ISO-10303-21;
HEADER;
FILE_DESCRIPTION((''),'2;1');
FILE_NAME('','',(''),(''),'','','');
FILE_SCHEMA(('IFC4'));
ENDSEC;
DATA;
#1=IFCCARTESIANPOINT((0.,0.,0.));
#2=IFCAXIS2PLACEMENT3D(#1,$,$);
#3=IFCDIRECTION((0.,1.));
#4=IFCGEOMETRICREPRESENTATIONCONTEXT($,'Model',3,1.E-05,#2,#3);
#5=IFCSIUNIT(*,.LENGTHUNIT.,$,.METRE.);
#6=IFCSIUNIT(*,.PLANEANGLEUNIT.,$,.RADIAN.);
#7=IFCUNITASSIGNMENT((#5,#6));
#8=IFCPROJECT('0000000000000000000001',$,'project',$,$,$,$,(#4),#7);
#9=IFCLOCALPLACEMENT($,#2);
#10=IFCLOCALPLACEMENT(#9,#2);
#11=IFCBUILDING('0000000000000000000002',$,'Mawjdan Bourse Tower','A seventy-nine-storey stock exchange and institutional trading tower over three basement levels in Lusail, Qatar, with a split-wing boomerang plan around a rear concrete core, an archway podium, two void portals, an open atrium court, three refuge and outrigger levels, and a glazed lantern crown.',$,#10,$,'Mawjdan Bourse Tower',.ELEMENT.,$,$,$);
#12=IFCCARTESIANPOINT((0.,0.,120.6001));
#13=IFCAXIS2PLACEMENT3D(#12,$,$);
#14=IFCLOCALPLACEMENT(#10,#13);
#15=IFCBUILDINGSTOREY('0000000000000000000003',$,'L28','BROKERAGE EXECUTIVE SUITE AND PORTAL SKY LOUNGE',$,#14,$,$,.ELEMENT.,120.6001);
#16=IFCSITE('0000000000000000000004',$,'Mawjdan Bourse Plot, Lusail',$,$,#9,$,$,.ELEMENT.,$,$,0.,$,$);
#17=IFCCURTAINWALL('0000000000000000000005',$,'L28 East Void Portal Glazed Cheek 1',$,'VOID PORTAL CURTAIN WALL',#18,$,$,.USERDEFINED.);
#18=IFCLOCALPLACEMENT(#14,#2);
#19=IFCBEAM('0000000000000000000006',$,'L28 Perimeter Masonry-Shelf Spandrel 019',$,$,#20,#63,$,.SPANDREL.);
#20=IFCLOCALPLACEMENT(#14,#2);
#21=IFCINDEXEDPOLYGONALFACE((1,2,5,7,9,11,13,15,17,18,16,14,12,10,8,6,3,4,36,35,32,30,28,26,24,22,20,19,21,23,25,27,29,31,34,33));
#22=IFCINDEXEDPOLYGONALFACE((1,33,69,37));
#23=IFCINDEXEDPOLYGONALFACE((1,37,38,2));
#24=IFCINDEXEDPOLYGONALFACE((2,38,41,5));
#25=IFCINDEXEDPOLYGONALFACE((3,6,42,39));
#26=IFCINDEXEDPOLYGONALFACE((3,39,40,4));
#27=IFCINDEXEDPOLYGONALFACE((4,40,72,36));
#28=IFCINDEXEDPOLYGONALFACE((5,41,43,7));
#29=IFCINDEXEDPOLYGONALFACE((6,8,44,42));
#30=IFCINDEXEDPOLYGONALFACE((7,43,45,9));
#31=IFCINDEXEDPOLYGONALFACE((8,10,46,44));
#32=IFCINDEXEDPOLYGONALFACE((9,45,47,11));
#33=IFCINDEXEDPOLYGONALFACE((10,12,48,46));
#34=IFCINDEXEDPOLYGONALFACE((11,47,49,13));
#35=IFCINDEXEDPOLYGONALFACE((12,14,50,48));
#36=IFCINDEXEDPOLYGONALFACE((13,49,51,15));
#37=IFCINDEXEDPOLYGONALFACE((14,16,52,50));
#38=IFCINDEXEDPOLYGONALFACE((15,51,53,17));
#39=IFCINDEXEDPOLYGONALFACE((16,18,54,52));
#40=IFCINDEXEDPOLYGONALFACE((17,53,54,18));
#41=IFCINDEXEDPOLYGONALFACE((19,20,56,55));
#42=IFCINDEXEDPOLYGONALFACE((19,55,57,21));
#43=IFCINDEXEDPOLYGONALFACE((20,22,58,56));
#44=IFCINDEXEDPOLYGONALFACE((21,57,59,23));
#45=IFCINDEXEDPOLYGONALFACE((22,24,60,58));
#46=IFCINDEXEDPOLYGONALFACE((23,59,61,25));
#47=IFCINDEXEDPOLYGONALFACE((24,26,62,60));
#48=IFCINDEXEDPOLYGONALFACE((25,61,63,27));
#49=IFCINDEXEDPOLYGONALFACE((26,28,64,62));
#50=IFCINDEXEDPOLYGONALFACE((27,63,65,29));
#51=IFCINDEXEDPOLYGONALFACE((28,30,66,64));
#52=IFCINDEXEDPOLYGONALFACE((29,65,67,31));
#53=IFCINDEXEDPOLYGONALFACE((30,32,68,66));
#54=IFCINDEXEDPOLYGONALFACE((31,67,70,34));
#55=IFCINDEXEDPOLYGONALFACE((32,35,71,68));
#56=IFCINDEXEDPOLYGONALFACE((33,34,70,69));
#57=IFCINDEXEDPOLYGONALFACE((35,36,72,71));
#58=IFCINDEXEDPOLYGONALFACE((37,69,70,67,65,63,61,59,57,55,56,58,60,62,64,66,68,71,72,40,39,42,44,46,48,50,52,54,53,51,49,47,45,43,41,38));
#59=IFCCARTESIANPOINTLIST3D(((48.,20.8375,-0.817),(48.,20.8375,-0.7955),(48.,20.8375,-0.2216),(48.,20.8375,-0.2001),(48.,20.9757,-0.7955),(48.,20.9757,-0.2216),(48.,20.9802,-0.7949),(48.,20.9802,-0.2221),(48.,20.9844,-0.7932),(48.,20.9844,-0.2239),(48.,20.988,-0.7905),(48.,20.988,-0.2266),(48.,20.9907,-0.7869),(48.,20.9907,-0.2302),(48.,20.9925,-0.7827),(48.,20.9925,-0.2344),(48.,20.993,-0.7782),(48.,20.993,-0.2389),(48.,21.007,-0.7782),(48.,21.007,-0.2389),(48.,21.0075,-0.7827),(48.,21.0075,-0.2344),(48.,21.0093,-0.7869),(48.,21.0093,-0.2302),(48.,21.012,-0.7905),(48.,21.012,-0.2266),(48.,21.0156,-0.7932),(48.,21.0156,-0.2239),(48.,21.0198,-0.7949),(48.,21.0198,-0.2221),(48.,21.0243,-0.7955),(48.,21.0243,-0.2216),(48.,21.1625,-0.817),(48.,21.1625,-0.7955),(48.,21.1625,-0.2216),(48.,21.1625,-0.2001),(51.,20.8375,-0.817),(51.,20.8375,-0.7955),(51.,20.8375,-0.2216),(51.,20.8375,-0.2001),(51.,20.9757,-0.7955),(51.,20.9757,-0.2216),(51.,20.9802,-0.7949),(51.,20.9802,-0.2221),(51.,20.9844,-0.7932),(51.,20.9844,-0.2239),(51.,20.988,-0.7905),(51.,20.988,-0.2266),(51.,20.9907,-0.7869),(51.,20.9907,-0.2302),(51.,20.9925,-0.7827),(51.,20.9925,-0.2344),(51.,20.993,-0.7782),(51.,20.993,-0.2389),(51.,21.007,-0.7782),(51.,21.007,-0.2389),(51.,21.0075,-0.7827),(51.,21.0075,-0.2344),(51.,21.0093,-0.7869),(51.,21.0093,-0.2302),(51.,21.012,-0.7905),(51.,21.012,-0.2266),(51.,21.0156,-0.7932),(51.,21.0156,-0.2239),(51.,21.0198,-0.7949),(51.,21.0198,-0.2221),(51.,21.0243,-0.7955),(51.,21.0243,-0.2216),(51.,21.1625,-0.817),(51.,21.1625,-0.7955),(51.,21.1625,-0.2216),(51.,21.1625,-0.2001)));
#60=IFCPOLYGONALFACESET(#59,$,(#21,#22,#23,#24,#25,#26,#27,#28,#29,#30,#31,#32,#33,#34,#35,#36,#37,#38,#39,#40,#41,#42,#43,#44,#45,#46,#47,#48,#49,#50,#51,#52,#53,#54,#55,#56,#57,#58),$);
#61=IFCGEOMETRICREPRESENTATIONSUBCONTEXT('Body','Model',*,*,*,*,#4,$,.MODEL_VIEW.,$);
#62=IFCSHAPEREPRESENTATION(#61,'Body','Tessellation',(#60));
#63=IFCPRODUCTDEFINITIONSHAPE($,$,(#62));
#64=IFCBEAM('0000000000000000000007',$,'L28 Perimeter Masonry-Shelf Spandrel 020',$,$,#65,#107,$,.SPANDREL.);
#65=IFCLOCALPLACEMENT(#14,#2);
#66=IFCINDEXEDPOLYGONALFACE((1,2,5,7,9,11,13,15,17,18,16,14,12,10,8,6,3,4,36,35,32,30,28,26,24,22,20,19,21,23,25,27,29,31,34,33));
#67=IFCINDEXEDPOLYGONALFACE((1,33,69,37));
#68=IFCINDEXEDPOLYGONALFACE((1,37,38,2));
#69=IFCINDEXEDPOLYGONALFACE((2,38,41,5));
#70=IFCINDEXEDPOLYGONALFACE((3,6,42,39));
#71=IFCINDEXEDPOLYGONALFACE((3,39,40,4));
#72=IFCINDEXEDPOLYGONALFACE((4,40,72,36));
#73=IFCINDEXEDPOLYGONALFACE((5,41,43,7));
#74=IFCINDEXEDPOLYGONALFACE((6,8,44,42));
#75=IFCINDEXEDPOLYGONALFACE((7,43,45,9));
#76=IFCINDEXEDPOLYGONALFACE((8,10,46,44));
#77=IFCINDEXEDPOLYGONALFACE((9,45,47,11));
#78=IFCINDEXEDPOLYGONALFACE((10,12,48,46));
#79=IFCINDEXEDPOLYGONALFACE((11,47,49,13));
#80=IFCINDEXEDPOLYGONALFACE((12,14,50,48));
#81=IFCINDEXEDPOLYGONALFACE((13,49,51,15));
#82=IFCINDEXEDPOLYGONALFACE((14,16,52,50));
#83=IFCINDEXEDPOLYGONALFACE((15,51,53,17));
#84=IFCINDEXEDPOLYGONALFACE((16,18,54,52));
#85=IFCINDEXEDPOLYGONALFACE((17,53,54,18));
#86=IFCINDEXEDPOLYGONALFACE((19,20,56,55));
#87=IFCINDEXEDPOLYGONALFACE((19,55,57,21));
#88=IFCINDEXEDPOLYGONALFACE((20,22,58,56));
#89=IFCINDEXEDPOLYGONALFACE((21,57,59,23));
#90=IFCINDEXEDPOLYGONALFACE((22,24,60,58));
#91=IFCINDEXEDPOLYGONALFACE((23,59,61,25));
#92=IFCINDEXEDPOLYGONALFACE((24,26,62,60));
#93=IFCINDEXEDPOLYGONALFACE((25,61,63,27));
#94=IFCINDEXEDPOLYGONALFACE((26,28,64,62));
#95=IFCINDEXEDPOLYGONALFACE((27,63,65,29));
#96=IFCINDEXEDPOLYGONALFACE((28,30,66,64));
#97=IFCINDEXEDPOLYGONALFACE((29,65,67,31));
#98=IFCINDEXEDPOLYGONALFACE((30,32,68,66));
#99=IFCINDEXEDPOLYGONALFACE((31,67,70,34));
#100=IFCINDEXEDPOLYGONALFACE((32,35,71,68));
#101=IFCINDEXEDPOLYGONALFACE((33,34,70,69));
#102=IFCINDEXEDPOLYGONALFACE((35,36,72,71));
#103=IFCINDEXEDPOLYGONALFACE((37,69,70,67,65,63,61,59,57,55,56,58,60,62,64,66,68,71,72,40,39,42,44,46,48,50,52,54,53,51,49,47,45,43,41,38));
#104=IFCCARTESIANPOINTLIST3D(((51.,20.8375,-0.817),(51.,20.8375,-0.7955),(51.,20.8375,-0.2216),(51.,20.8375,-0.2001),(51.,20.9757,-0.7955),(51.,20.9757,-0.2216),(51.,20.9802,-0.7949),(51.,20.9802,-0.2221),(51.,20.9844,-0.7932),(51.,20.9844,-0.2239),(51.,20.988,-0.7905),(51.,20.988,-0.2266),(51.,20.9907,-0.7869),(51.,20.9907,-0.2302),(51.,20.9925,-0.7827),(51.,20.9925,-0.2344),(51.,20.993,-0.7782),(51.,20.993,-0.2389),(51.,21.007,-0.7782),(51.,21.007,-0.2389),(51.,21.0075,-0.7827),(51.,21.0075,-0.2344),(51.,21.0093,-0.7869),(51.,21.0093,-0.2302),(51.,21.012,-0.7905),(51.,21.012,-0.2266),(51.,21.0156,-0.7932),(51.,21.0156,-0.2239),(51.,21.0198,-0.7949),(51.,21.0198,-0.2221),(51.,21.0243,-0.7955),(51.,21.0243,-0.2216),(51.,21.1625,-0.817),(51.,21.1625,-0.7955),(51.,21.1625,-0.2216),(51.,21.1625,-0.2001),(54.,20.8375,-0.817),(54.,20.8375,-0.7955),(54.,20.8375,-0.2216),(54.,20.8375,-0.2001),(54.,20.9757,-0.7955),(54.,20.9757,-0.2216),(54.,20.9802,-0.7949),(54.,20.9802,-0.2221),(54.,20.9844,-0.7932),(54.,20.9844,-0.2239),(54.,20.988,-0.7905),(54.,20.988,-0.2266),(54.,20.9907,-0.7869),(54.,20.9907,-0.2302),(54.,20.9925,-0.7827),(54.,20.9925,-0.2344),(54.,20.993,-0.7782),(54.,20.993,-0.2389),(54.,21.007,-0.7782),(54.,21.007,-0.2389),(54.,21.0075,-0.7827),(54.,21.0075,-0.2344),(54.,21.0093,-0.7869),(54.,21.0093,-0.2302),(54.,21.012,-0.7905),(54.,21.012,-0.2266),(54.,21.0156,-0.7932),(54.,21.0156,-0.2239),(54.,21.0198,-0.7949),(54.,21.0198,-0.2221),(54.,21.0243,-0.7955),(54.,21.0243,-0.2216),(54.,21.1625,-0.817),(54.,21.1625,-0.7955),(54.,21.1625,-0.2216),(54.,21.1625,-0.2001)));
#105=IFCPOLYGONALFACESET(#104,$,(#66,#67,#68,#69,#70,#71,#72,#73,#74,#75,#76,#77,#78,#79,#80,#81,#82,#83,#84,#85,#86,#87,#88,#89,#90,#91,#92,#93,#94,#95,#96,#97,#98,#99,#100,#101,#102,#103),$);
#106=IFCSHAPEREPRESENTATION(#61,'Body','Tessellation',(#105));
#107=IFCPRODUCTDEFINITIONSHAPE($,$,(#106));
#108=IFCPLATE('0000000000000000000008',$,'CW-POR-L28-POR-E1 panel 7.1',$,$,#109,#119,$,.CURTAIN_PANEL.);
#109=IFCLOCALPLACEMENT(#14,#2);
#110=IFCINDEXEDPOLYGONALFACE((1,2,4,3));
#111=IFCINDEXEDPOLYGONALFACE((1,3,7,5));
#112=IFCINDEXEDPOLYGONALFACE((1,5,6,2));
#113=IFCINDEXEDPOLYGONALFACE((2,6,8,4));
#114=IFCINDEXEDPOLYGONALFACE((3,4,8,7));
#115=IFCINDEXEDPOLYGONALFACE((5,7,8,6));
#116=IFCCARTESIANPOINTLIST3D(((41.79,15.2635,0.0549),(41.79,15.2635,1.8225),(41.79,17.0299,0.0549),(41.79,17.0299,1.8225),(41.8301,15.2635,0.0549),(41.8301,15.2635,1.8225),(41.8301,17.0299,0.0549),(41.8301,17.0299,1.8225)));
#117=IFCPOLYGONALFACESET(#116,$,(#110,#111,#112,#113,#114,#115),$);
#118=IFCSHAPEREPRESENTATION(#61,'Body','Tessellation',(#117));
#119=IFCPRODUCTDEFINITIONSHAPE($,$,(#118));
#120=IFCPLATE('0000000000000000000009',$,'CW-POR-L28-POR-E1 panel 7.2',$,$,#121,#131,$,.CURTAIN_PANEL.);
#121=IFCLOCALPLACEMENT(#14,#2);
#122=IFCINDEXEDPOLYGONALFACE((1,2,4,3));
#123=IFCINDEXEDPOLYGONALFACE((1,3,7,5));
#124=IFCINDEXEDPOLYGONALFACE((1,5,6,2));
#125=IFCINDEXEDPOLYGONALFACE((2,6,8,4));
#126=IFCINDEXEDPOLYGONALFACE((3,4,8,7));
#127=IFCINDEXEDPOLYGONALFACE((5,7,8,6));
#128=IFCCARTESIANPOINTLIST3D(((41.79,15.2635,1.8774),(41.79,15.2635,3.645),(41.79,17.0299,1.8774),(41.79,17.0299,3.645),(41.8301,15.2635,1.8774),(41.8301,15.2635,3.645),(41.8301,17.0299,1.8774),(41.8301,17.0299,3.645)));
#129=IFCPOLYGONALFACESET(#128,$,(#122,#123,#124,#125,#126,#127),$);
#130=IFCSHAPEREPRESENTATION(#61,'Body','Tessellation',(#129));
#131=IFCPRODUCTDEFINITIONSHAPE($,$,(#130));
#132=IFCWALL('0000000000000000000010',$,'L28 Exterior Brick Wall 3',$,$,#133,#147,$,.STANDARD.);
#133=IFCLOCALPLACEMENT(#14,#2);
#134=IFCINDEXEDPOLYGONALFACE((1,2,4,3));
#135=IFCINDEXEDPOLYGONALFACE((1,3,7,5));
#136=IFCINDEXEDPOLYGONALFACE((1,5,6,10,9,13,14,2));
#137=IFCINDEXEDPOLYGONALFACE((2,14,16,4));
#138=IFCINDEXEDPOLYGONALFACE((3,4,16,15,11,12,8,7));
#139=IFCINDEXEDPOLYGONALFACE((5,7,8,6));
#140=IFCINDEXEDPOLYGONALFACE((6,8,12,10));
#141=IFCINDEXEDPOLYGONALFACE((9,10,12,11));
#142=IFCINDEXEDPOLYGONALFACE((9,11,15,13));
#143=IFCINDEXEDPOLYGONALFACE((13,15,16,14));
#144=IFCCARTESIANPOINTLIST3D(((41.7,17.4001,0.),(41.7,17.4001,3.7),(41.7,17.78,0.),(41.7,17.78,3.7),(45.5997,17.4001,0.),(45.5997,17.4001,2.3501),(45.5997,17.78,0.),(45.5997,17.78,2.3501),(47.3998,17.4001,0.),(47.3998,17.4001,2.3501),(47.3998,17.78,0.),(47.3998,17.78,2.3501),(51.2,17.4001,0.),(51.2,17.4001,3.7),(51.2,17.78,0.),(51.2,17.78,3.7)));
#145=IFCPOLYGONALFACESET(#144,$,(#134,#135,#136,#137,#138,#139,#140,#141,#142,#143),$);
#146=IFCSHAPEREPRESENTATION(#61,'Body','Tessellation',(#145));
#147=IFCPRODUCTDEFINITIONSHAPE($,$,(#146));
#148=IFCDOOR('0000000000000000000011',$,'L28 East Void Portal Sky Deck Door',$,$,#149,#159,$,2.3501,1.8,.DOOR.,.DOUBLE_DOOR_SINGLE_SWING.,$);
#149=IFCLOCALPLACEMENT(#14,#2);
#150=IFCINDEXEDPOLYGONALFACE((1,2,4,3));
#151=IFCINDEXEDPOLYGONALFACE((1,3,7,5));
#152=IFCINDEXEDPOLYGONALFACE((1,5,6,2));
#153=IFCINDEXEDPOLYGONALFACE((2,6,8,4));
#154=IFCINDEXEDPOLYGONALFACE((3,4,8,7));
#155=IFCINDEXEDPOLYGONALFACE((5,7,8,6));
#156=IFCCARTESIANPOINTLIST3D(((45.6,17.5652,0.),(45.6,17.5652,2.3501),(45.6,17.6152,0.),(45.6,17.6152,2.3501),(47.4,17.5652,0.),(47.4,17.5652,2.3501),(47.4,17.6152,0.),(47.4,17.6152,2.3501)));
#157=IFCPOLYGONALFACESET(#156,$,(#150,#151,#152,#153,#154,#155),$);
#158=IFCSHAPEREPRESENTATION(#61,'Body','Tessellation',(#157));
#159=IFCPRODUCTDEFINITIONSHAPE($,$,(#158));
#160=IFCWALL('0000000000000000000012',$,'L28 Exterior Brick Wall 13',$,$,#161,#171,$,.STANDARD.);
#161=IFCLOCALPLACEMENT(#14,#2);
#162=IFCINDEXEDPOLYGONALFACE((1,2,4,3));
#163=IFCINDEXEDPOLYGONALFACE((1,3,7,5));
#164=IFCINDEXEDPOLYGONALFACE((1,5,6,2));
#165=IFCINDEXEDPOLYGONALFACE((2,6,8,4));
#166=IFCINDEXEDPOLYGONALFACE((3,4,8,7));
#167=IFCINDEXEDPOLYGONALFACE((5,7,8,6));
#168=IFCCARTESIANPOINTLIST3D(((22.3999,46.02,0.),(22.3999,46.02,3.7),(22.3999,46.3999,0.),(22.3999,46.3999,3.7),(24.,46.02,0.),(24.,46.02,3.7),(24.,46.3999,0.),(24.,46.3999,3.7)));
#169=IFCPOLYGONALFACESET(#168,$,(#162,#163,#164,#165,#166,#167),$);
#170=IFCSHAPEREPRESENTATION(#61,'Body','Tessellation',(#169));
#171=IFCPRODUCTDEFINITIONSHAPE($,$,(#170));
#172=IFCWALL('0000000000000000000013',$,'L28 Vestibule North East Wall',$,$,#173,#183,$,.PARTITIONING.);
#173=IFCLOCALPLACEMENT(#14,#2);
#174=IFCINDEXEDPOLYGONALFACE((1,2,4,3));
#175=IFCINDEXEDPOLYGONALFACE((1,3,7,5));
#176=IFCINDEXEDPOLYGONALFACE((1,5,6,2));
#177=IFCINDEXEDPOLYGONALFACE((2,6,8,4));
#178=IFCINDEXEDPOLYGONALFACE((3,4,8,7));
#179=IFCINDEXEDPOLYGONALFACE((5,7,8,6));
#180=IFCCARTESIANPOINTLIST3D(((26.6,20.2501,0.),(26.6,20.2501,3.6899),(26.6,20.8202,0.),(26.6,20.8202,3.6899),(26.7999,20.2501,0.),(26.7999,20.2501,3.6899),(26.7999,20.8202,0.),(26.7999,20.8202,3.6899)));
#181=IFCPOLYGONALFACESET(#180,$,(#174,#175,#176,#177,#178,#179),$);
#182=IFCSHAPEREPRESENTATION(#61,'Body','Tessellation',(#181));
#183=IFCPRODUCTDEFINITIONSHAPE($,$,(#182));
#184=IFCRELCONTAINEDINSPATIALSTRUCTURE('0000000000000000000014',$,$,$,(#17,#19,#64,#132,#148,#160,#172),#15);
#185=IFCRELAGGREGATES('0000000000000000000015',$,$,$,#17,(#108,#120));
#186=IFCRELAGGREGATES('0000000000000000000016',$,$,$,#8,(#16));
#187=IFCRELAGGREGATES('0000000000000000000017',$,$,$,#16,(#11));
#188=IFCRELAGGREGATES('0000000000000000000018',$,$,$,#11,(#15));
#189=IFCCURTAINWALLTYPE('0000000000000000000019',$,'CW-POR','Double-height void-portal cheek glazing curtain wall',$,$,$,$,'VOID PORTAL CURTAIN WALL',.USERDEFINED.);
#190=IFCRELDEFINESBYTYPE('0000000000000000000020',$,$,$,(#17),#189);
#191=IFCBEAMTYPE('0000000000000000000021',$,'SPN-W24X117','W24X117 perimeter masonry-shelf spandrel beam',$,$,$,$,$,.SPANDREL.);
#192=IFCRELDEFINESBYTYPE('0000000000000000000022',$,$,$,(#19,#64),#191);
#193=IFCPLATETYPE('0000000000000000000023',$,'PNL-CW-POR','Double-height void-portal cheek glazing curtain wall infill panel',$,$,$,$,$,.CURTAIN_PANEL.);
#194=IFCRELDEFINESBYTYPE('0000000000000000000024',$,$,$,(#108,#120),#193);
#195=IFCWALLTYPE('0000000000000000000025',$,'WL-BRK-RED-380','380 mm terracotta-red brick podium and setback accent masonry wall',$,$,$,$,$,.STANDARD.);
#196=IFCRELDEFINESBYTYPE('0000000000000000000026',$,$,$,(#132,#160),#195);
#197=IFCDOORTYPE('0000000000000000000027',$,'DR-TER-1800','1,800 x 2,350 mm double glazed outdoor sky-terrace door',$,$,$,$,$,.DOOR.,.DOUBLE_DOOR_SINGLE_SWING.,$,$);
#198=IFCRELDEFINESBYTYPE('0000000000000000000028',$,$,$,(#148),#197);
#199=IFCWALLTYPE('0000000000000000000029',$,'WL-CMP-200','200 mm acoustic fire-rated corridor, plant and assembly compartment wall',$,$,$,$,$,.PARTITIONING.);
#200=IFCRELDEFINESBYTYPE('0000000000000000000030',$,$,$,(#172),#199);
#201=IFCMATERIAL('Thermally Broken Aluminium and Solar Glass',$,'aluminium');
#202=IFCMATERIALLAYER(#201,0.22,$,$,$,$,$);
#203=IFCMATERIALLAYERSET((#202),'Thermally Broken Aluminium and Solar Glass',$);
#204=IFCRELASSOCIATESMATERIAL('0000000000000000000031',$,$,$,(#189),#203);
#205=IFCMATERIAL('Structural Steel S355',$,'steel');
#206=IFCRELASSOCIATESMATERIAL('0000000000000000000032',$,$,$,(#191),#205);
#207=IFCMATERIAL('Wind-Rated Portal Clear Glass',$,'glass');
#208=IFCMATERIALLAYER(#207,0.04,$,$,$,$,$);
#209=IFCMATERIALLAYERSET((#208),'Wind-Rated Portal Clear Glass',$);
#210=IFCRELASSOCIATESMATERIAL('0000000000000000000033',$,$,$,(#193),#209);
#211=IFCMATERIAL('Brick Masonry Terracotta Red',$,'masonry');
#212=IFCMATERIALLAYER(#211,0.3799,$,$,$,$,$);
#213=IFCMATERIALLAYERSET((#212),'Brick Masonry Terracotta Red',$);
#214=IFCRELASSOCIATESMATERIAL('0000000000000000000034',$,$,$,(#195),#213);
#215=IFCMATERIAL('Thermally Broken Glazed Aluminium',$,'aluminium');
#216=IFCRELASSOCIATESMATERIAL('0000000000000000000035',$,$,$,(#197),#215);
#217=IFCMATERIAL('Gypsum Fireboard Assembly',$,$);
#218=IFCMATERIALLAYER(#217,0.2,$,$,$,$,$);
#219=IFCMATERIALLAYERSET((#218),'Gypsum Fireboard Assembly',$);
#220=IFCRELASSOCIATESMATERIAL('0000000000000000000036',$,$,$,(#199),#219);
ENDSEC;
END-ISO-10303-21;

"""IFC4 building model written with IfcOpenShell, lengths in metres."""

from ifc_helpers import new_model, si_unit, direction, frame, frame_2d, origin, origin_2d, place, context, subcontext, project, spatial, rectangle, i_section, extrude, material, layer, layer_set, material_profile, profile_set, type_object, element, fill, aggregate, save


model = new_model("IFC4")

# Units and contexts
model_context = context("Model", 3, precision=1e-05, world=origin(), true_north=direction((0.0, 1.0)))
body_context = subcontext(model_context, "Body", "Model", "MODEL_VIEW")
ifc_project = project(units=[si_unit("LENGTHUNIT", "METRE"), si_unit("PLANEANGLEUNIT", "RADIAN")], contexts=[model_context])

# Site, building, storey
site_placement = place(None, origin())
site = spatial("IfcSite", under=ifc_project, at=site_placement, Name="Mawjdan Bourse Plot, Lusail", CompositionType="ELEMENT", RefElevation=0.0)
building_placement = place(site_placement, origin())
building = spatial("IfcBuilding", under=site, at=building_placement, Name="Mawjdan Bourse Tower", Description="A seventy-nine-storey stock exchange and institutional trading tower over three basement levels in Lusail, Qatar, with a split-wing boomerang plan around a rear concrete core, an archway podium, two void portals, an open atrium court, three refuge and outrigger levels, and a glazed lantern crown.", LongName="Mawjdan Bourse Tower", CompositionType="ELEMENT")
storey_placement = place(building_placement, frame((0.0, 0.0, 120.6001)))
storey = spatial("IfcBuildingStorey", under=building, at=storey_placement, Name="L28", Description="BROKERAGE EXECUTIVE SUITE AND PORTAL SKY LOUNGE", CompositionType="ELEMENT", Elevation=120.6001)

# Shared definitions
ifc_material_1 = material(Name="Structural Steel S355", Category="steel")

# Curtain wall
ifc_material_2 = material(Name="Thermally Broken Aluminium and Solar Glass", Category="aluminium")
ifc_layer_1 = layer(ifc_material_2, 0.22)
ifc_layer_set_1 = layer_set([ifc_layer_1], Name="Thermally Broken Aluminium and Solar Glass")
curtain_wall_type = type_object("IfcCurtainWallType", Name="CW-POR", Description="Double-height void-portal cheek glazing curtain wall", ElementType="VOID PORTAL CURTAIN WALL", PredefinedType="USERDEFINED", material=ifc_layer_set_1)
curtain_wall_placement = place(storey_placement, origin())
curtain_wall = element("IfcCurtainWall", 1, at=curtain_wall_placement, inside=storey, type_object=curtain_wall_type, Name="L28 East Void Portal Glazed Cheek 1", ObjectType="VOID PORTAL CURTAIN WALL", PredefinedType="USERDEFINED")

# Beams
ifc_material_profile_1 = material_profile(ifc_material_1, i_section(OverallWidth=0.325, OverallDepth=0.6169, WebThickness=0.0139, FlangeThickness=0.0215, FilletRadius=0.0173, at=origin_2d()), Name="W24X117")
ifc_profile_set_1 = profile_set([ifc_material_profile_1], Name="Structural Steel S355")
beam_type_1 = type_object("IfcBeamType", Name="SPN-W24X117", Description="W24X117 perimeter masonry-shelf spandrel beam", PredefinedType="SPANDREL", material=ifc_profile_set_1)
for number, where, z_axis, x_axis, name in (
    (2, (48.0, 21.0, -0.5085), (1.0, 0.0, 0.0), (0.0, 1.0, 0.0), "L28 Perimeter Masonry-Shelf Spandrel 019"),
    (3, (51.0, 21.0, -0.5085), (1.0, 0.0, 0.0), (0.0, 1.0, 0.0), "L28 Perimeter Masonry-Shelf Spandrel 020"),
):
    element("IfcBeam", number, at=place(storey_placement, frame(where, z_axis=z_axis, x_axis=x_axis)), inside=storey, type_object=beam_type_1, Name=name, PredefinedType="SPANDREL", context=body_context, shape_type="SweptSolid", body=[
        extrude(i_section(OverallWidth=0.325, OverallDepth=0.6169, WebThickness=0.0139, FlangeThickness=0.0215, FilletRadius=0.0173, at=origin_2d()), origin(), (0.0, 0.0, 1.0), 3.0),
    ])

# Plates
ifc_material_3 = material(Name="Wind-Rated Portal Clear Glass", Category="glass")
ifc_layer_2 = layer(ifc_material_3, 0.04)
ifc_layer_set_2 = layer_set([ifc_layer_2], Name="Wind-Rated Portal Clear Glass")
plate_type = type_object("IfcPlateType", Name="PNL-CW-POR", Description="Double-height void-portal cheek glazing curtain wall infill panel", PredefinedType="CURTAIN_PANEL", material=ifc_layer_set_2)
plate_1_placement = place(storey_placement, frame((41.8101, 16.1467, 0.0549), z_axis=(0.0, 0.0, 1.0), x_axis=(0.0, 1.0, 0.0)))
plate_1 = element("IfcPlate", 4, at=plate_1_placement, type_object=plate_type, Name="CW-POR-L28-POR-E1 panel 7.1", PredefinedType="CURTAIN_PANEL", context=body_context, shape_type="SweptSolid", body=[
    extrude(rectangle(XDim=1.7664, YDim=0.04, at=origin_2d()), origin(), (0.0, 0.0, 1.0), 1.7676),
])
plate_2_placement = place(storey_placement, frame((41.8101, 16.1467, 1.8774), z_axis=(0.0, 0.0, 1.0), x_axis=(0.0, 1.0, 0.0)))
plate_2 = element("IfcPlate", 5, at=plate_2_placement, type_object=plate_type, Name="CW-POR-L28-POR-E1 panel 7.2", PredefinedType="CURTAIN_PANEL", context=body_context, shape_type="SweptSolid", body=[
    extrude(rectangle(XDim=1.7664, YDim=0.04, at=origin_2d()), origin(), (0.0, 0.0, 1.0), 1.7676),
])
aggregate(curtain_wall, [plate_1, plate_2])

# Wall, opening, door
ifc_material_4 = material(Name="Brick Masonry Terracotta Red", Category="masonry")
ifc_layer_3 = layer(ifc_material_4, 0.3799)
ifc_layer_set_3 = layer_set([ifc_layer_3], Name="Brick Masonry Terracotta Red")
wall_type_1 = type_object("IfcWallType", Name="WL-BRK-RED-380", Description="380 mm terracotta-red brick podium and setback accent masonry wall", PredefinedType="STANDARD", material=ifc_layer_set_3)
wall_1_placement = place(storey_placement, frame((41.7, 17.5901, 0.0), z_axis=(0.0, 0.0, 1.0), x_axis=(1.0, 0.0, 0.0)))
wall_1 = element("IfcWall", 6, at=wall_1_placement, inside=storey, type_object=wall_type_1, Name="L28 Exterior Brick Wall 3", PredefinedType="STANDARD", context=body_context, shape_type="SweptSolid", body=[
    extrude(rectangle(XDim=9.5, YDim=0.3799, at=frame_2d((4.75, 0.0))), origin(), (0.0, 0.0, 1.0), 3.7),
])
opening_1_placement = place(wall_1_placement, frame((3.8999, 0.0, 0.0)))
opening_1 = element("IfcOpeningElement", 7, at=opening_1_placement, cuts=wall_1, PredefinedType="OPENING", context=body_context, shape_type="SweptSolid", body=[
    extrude(rectangle(XDim=1.8, YDim=2.3501, at=frame_2d((0.8999, 1.175))), frame((0.0, 0.2, 0.0), z_axis=(0.0, -1.0, 0.0), x_axis=(1.0, 0.0, 0.0)), (0.0, 0.0, 1.0), 0.3999),
])
ifc_material_5 = material(Name="Thermally Broken Glazed Aluminium", Category="aluminium")
door_type_1 = type_object("IfcDoorType", Name="DR-TER-1800", Description="1,800 x 2,350 mm double glazed outdoor sky-terrace door", OperationType="DOUBLE_DOOR_SINGLE_SWING", PredefinedType="DOOR", material=ifc_material_5)
door_1_placement = place(opening_1_placement, frame((1.8, 0.0, 0.0), z_axis=(0.0, 0.0, 1.0), x_axis=(-1.0, 0.0, 0.0)))
door_1 = element("IfcDoor", 8, at=door_1_placement, inside=storey, type_object=door_type_1, Name="L28 East Void Portal Sky Deck Door", OperationType="DOUBLE_DOOR_SINGLE_SWING", OverallHeight=2.3501, OverallWidth=1.8, PredefinedType="DOOR", context=body_context, shape_type="SweptSolid", body=[
    extrude(rectangle(XDim=1.8, YDim=2.3501, at=frame_2d((0.8999, 1.175))), frame((0.0, 0.0249, 0.0), z_axis=(0.0, -1.0, 0.0), x_axis=(1.0, 0.0, 0.0)), (0.0, 0.0, 1.0), 0.05),
])
fill(opening_1, door_1)

# Walls
wall_2_placement = place(storey_placement, frame((24.0, 46.21, 0.0), z_axis=(0.0, 0.0, 1.0), x_axis=(-1.0, 0.0, 0.0)))
element("IfcWall", 9, at=wall_2_placement, inside=storey, type_object=wall_type_1, Name="L28 Exterior Brick Wall 13", PredefinedType="STANDARD", context=body_context, shape_type="SweptSolid", body=[
    extrude(rectangle(XDim=1.6001, YDim=0.3799, at=frame_2d((0.8, 0.0))), origin(), (0.0, 0.0, 1.0), 3.7),
])
ifc_material_6 = material(Name="Gypsum Fireboard Assembly")
ifc_layer_4 = layer(ifc_material_6, 0.2)
ifc_layer_set_4 = layer_set([ifc_layer_4], Name="Gypsum Fireboard Assembly")
wall_type_2 = type_object("IfcWallType", Name="WL-CMP-200", Description="200 mm acoustic fire-rated corridor, plant and assembly compartment wall", PredefinedType="PARTITIONING", material=ifc_layer_set_4)
wall_3_placement = place(storey_placement, frame((26.7, 20.25, 0.0), z_axis=(0.0, 0.0, 1.0), x_axis=(0.0, 1.0, 0.0)))
element("IfcWall", 10, at=wall_3_placement, inside=storey, type_object=wall_type_2, Name="L28 Vestibule North East Wall", PredefinedType="PARTITIONING", context=body_context, shape_type="SweptSolid", body=[
    extrude(rectangle(XDim=0.5701, YDim=0.2, at=frame_2d((0.2852, 0.0))), origin(), (0.0, 0.0, 1.0), 3.6899),
])

save(model, "model.ifc")
